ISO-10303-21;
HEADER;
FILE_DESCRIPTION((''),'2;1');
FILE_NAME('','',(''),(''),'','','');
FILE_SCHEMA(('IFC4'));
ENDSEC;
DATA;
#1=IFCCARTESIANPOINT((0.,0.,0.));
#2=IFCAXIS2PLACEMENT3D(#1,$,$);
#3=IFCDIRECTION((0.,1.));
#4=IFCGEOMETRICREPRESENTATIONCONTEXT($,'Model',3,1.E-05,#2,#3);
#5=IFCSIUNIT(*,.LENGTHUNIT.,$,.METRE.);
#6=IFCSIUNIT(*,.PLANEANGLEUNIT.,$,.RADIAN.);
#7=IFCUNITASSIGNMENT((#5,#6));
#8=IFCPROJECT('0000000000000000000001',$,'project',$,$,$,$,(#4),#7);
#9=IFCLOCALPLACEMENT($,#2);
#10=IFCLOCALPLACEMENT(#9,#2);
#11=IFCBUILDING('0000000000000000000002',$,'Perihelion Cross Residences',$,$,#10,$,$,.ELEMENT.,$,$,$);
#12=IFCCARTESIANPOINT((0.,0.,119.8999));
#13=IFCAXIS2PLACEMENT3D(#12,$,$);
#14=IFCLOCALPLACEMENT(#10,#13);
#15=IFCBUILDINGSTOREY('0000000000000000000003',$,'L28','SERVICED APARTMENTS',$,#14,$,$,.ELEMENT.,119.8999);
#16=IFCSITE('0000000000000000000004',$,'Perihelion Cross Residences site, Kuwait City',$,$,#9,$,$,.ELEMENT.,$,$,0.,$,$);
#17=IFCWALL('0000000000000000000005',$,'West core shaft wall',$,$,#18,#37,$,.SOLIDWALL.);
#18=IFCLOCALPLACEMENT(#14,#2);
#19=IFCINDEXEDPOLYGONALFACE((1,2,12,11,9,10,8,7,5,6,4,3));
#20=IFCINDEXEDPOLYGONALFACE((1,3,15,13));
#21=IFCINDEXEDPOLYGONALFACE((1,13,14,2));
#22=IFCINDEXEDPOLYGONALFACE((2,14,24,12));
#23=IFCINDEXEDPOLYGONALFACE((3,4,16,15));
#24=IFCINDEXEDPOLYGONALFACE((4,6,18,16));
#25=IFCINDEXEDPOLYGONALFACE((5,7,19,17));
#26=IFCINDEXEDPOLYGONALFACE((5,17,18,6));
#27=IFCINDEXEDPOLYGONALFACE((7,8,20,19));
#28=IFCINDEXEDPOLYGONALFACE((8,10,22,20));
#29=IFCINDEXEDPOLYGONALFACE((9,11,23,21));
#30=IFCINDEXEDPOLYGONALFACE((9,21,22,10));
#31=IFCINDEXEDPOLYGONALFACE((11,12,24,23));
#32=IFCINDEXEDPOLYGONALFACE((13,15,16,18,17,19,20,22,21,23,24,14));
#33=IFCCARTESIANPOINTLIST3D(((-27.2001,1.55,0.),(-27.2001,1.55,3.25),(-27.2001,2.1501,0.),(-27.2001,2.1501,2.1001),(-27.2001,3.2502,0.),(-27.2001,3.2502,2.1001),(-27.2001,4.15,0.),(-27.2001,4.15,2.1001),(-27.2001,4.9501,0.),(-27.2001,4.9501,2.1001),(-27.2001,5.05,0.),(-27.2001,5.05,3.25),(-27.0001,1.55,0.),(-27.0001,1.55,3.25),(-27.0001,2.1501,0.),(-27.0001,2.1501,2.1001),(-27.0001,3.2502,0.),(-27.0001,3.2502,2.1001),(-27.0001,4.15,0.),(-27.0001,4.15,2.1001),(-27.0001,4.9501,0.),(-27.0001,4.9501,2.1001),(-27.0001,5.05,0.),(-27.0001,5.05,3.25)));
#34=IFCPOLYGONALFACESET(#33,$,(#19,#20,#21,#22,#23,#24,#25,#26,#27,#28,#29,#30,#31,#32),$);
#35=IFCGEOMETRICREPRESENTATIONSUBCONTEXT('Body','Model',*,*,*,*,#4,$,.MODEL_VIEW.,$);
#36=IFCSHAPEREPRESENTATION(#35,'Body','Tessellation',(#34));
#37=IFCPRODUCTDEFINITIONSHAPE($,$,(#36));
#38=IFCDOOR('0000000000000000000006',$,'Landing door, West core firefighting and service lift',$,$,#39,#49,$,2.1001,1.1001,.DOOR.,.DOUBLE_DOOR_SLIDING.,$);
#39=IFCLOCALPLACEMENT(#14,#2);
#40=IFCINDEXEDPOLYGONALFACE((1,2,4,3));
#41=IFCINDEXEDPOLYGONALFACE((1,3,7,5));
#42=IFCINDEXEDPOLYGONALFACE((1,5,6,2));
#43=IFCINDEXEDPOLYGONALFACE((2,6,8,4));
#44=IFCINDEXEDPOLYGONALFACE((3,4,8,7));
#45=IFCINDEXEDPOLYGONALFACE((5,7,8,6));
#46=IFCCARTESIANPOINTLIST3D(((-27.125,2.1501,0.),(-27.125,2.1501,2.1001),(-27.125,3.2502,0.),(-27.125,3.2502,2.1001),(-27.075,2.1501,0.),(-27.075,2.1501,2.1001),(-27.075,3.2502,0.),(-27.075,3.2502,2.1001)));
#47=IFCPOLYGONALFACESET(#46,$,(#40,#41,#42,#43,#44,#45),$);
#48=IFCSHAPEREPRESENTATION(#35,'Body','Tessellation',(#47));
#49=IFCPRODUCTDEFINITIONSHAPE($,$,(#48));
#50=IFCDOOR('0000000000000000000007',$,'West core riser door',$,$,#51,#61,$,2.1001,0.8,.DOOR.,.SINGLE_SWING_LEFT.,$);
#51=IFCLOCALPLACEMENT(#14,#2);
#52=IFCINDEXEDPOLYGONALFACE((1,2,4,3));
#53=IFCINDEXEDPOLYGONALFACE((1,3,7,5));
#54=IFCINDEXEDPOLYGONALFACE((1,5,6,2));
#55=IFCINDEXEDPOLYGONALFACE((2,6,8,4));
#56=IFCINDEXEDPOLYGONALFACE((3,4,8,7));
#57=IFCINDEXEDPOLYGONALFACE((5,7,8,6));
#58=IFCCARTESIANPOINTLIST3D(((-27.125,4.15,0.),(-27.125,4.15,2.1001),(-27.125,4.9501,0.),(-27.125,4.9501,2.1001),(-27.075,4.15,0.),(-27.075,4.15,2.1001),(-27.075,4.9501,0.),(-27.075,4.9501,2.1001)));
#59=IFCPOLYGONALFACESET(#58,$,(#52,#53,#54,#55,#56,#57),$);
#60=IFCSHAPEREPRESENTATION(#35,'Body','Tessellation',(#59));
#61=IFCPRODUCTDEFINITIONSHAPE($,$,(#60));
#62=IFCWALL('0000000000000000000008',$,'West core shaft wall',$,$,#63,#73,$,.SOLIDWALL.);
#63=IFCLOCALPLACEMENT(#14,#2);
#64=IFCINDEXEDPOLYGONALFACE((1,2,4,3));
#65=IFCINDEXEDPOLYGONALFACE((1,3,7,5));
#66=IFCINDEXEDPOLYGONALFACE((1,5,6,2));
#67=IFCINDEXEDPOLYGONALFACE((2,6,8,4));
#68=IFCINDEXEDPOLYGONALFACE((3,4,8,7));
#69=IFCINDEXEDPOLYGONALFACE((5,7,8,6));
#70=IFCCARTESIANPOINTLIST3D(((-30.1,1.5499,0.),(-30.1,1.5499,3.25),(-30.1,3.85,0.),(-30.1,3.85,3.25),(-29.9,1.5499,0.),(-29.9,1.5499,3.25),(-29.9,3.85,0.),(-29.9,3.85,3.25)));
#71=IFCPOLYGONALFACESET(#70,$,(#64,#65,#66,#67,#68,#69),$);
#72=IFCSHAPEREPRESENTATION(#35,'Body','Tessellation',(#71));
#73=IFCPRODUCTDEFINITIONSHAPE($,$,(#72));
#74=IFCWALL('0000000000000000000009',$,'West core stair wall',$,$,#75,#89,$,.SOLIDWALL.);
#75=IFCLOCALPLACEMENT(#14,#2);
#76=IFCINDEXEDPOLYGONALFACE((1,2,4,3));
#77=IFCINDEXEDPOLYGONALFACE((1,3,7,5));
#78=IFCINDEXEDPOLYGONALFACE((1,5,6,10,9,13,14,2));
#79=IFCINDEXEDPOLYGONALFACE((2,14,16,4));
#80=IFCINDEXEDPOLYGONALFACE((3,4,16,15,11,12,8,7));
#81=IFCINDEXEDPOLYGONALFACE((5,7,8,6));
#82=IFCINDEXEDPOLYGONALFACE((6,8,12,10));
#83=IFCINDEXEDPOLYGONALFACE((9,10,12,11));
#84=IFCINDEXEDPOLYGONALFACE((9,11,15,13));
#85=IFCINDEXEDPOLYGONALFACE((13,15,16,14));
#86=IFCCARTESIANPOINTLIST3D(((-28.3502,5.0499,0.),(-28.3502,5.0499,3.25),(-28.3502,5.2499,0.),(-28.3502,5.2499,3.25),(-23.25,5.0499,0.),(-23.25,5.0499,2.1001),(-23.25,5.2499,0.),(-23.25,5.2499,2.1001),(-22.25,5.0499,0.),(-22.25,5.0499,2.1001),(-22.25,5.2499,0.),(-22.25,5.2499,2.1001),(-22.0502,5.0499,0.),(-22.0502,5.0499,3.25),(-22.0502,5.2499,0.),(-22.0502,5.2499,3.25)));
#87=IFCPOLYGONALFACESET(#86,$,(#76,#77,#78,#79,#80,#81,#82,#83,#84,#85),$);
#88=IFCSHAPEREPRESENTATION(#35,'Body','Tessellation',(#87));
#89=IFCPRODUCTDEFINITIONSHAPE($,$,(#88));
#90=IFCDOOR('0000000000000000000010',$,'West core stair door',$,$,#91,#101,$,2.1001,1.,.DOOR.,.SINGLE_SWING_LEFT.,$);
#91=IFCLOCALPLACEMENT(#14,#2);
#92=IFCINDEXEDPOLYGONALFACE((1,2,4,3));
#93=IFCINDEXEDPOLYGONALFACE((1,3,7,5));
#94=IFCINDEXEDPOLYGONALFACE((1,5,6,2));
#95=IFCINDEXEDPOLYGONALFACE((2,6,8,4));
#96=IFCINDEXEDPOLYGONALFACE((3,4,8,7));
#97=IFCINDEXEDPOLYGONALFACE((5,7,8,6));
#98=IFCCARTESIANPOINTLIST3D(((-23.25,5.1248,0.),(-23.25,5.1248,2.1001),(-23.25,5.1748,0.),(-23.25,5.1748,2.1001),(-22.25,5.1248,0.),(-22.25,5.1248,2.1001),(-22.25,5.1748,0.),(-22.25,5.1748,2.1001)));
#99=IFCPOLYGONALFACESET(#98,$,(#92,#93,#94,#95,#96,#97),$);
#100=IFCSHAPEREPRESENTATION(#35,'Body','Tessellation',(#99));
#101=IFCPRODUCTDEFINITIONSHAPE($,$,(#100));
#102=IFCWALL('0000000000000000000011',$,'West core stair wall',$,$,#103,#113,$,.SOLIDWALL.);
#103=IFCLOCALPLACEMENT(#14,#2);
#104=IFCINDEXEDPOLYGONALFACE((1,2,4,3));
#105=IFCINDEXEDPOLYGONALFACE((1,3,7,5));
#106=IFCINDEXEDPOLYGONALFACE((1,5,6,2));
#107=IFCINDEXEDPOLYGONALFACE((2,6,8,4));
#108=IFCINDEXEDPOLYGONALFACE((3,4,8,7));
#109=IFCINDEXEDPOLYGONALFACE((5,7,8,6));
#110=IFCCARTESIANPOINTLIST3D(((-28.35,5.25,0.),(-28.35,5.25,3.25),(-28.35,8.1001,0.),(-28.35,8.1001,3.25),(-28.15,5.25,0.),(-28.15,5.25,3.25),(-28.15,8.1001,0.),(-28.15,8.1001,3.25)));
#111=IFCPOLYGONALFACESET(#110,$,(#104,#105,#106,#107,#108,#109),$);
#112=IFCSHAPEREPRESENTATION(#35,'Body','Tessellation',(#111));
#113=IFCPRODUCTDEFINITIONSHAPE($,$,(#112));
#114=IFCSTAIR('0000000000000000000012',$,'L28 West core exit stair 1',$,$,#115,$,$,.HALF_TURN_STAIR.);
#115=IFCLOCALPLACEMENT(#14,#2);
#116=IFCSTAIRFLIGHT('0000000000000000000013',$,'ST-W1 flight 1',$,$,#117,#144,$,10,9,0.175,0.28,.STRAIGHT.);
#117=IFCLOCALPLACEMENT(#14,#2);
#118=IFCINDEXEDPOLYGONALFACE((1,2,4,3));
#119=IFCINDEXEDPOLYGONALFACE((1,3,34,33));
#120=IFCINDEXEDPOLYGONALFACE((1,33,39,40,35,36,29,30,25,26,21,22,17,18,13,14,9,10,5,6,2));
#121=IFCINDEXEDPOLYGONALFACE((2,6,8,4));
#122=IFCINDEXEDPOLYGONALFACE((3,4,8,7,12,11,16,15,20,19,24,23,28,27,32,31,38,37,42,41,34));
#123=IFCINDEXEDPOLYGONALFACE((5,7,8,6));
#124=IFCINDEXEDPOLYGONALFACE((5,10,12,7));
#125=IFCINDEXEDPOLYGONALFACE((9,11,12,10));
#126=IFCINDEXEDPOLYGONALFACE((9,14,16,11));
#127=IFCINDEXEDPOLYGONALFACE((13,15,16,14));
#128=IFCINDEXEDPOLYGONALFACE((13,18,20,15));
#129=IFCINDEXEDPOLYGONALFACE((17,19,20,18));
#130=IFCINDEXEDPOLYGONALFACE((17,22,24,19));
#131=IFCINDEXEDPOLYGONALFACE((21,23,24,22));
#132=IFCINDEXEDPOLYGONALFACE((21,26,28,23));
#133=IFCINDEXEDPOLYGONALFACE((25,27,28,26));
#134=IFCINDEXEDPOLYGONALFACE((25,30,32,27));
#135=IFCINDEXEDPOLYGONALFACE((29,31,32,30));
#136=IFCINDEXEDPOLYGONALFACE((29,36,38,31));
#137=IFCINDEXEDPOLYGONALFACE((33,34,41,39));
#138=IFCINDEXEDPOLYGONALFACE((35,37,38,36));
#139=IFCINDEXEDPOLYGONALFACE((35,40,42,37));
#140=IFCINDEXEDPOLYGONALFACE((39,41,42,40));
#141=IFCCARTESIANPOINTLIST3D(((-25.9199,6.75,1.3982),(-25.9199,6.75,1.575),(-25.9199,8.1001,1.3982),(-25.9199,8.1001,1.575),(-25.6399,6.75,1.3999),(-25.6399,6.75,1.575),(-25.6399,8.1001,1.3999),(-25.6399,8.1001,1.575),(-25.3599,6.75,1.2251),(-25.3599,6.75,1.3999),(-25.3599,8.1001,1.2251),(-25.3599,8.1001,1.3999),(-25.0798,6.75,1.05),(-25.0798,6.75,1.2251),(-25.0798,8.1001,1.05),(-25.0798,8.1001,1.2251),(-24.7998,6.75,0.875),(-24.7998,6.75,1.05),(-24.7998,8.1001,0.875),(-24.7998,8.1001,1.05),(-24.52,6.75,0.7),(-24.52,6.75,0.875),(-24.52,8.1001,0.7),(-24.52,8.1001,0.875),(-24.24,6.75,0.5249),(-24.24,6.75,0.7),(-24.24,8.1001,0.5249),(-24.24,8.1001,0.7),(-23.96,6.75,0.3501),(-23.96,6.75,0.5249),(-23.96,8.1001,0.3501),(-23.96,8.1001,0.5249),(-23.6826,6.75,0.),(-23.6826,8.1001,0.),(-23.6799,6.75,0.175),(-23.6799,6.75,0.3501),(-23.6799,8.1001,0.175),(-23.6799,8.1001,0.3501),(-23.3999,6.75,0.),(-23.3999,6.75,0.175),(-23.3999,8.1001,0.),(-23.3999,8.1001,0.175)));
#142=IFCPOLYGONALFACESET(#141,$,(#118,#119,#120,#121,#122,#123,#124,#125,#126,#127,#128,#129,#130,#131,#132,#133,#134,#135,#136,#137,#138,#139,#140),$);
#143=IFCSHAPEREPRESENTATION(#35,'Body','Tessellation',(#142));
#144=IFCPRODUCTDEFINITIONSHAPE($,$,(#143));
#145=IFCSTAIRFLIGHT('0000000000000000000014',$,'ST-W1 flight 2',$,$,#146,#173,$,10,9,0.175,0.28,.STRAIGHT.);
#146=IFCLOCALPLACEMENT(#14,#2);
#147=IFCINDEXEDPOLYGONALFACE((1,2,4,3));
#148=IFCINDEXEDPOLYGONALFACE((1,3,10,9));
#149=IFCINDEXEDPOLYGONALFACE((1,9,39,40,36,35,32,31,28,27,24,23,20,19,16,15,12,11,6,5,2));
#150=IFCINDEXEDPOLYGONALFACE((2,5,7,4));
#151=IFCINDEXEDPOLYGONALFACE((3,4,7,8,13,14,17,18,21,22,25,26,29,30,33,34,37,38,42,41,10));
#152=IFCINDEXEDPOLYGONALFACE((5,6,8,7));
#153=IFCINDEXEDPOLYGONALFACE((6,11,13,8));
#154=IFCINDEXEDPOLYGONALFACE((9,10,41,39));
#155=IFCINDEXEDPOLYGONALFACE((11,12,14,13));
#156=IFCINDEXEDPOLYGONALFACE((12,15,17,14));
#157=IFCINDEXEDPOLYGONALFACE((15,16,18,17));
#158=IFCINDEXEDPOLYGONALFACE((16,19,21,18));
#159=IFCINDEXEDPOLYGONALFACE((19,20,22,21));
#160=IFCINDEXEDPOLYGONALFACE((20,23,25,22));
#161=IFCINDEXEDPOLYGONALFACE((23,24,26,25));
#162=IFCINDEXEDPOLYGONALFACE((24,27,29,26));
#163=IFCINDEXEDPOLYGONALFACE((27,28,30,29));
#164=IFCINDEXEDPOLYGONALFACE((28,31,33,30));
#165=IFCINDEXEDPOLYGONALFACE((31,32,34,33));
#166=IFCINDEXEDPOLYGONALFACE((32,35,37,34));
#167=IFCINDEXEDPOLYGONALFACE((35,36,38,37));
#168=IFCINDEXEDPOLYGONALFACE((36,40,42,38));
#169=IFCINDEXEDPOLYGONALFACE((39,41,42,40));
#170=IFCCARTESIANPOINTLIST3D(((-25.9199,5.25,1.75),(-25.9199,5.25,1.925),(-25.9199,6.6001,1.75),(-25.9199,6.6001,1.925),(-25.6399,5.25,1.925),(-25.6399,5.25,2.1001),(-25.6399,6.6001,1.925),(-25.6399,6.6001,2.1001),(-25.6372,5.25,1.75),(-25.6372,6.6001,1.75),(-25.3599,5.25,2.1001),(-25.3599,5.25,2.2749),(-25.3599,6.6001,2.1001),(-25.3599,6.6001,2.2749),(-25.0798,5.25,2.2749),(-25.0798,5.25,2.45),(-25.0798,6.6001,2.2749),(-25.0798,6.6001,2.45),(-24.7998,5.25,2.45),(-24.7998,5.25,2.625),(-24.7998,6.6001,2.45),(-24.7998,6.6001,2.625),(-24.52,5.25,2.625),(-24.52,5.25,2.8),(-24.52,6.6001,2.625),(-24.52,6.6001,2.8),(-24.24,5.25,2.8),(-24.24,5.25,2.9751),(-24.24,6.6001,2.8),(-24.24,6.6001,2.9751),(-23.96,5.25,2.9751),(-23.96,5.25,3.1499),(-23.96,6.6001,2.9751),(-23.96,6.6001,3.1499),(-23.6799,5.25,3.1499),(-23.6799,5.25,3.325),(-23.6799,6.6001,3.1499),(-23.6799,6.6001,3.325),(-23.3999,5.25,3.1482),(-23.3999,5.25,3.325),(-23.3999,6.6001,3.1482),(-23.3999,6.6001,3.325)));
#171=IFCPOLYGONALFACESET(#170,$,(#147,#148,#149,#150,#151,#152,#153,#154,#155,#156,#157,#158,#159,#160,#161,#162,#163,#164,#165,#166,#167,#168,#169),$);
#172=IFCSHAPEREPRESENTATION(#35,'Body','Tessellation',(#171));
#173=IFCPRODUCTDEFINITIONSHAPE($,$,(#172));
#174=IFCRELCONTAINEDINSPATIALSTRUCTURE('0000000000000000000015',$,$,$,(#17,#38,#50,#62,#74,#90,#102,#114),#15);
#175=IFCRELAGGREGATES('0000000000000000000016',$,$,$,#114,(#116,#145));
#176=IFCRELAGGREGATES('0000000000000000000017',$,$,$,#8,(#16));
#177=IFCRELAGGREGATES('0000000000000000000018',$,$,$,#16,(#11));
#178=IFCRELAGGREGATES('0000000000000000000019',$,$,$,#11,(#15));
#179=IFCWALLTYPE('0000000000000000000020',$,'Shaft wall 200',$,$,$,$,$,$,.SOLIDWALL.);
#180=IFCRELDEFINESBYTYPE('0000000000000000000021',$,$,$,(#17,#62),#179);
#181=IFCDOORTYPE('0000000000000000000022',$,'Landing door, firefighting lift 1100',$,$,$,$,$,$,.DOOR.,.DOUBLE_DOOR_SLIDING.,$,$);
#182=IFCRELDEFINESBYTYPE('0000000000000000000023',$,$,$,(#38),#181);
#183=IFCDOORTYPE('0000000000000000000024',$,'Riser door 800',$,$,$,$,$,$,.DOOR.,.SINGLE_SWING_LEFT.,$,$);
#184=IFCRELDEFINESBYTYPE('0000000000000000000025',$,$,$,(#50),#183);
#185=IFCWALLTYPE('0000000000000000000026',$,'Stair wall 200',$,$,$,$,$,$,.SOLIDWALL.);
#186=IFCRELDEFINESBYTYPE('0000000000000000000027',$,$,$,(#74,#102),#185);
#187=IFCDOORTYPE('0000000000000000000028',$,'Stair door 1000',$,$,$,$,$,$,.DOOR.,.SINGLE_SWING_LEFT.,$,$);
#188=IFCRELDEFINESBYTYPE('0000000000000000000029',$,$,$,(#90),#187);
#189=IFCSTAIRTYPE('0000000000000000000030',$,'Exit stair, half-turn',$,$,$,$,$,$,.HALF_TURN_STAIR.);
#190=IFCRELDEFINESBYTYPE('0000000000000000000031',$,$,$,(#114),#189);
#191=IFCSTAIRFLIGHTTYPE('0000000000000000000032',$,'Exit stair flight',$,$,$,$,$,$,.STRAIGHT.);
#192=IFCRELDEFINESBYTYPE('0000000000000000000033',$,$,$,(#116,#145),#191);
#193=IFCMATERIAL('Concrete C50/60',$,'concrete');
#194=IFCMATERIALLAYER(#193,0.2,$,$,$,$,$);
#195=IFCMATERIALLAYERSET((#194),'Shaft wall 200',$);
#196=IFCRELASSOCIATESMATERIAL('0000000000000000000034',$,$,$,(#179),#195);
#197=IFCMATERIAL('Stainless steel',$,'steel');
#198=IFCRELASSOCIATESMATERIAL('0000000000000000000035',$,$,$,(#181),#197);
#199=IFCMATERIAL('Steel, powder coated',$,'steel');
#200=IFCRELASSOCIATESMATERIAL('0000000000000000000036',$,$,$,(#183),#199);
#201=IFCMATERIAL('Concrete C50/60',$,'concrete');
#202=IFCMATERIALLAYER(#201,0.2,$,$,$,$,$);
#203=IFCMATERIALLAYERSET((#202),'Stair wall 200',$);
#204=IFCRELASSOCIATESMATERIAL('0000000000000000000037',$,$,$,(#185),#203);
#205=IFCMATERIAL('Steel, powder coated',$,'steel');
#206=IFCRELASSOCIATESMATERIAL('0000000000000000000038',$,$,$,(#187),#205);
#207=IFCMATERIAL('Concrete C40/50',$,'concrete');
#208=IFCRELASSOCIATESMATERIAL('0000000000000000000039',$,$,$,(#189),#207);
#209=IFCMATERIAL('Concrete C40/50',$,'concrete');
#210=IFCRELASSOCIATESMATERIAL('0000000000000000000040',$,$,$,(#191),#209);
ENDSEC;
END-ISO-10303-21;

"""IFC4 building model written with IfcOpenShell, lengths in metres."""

from ifc_helpers import new_model, si_unit, direction, frame, frame_2d, origin, place, context, subcontext, project, spatial, polyline, rectangle, outline, extrude, material, layer, layer_set, type_object, element, fill, aggregate, save


model = new_model("IFC4")

# Units and contexts
model_context = context("Model", 3, precision=1e-05, world=origin(), true_north=direction((0.0, 1.0)))
body_context = subcontext(model_context, "Body", "Model", "MODEL_VIEW")
ifc_project = project(units=[si_unit("LENGTHUNIT", "METRE"), si_unit("PLANEANGLEUNIT", "RADIAN")], contexts=[model_context])

# Site, building, storey
site_placement = place(None, origin())
site = spatial("IfcSite", under=ifc_project, at=site_placement, Name="Perihelion Cross Residences site, Kuwait City", CompositionType="ELEMENT", RefElevation=0.0)
building_placement = place(site_placement, origin())
building = spatial("IfcBuilding", under=site, at=building_placement, Name="Perihelion Cross Residences", CompositionType="ELEMENT")
storey_placement = place(building_placement, frame((0.0, 0.0, 119.8999)))
storey = spatial("IfcBuildingStorey", under=building, at=storey_placement, Name="L28", Description="SERVICED APARTMENTS", CompositionType="ELEMENT", Elevation=119.8999)

# Shared definitions
ifc_material_1 = material(Name="Concrete C50/60", Category="concrete")
ifc_layer_1 = layer(ifc_material_1, 0.2)
ifc_layer_set_1 = layer_set([ifc_layer_1], Name="Shaft wall 200")
wall_type_1 = type_object("IfcWallType", Name="Shaft wall 200", PredefinedType="SOLIDWALL", material=ifc_layer_set_1)

# Wall, openings, doors
wall_1_placement = place(storey_placement, frame((-27.1001, 1.55, 0.0), z_axis=(0.0, 0.0, 1.0), x_axis=(0.0, 1.0, 0.0)))
wall_1 = element("IfcWall", 1, at=wall_1_placement, inside=storey, type_object=wall_type_1, Name="West core shaft wall", PredefinedType="SOLIDWALL", context=body_context, shape_type="SweptSolid", body=[
    extrude(rectangle(XDim=3.5, YDim=0.2, at=frame_2d((1.75, 0.0))), origin(), (0.0, 0.0, 1.0), 3.25),
])
opening_1_placement = place(wall_1_placement, frame((0.6001, 0.0, 0.0)))
opening_1 = element("IfcOpeningElement", 2, at=opening_1_placement, cuts=wall_1, PredefinedType="OPENING", context=body_context, shape_type="SweptSolid", body=[
    extrude(rectangle(XDim=1.1001, YDim=2.1001, at=frame_2d((0.55, 1.05))), frame((0.0, 0.1099, 0.0), z_axis=(0.0, -1.0, 0.0), x_axis=(1.0, 0.0, 0.0)), (0.0, 0.0, 1.0), 0.22),
])
opening_2_placement = place(wall_1_placement, frame((2.6001, 0.0, 0.0)))
opening_2 = element("IfcOpeningElement", 3, at=opening_2_placement, cuts=wall_1, PredefinedType="OPENING", context=body_context, shape_type="SweptSolid", body=[
    extrude(rectangle(XDim=0.8, YDim=2.1001, at=frame_2d((0.3999, 1.05))), frame((0.0, 0.1099, 0.0), z_axis=(0.0, -1.0, 0.0), x_axis=(1.0, 0.0, 0.0)), (0.0, 0.0, 1.0), 0.22),
])
ifc_material_2 = material(Name="Stainless steel", Category="steel")
door_type_1 = type_object("IfcDoorType", Name="Landing door, firefighting lift 1100", OperationType="DOUBLE_DOOR_SLIDING", PredefinedType="DOOR", material=ifc_material_2)
door_1_placement = place(opening_1_placement, origin())
door_1 = element("IfcDoor", 4, at=door_1_placement, inside=storey, type_object=door_type_1, Name="Landing door, West core firefighting and service lift", OperationType="DOUBLE_DOOR_SLIDING", OverallHeight=2.1001, OverallWidth=1.1001, PredefinedType="DOOR", context=body_context, shape_type="SweptSolid", body=[
    extrude(rectangle(XDim=1.1001, YDim=2.1001, at=frame_2d((0.55, 1.05))), frame((0.0, 0.0249, 0.0), z_axis=(0.0, -1.0, 0.0), x_axis=(1.0, 0.0, 0.0)), (0.0, 0.0, 1.0), 0.05),
])
fill(opening_1, door_1)
ifc_material_3 = material(Name="Steel, powder coated", Category="steel")
door_type_2 = type_object("IfcDoorType", Name="Riser door 800", OperationType="SINGLE_SWING_LEFT", PredefinedType="DOOR", material=ifc_material_3)
door_2_placement = place(opening_2_placement, origin())
door_2 = element("IfcDoor", 5, at=door_2_placement, inside=storey, type_object=door_type_2, Name="West core riser door", OperationType="SINGLE_SWING_LEFT", OverallHeight=2.1001, OverallWidth=0.8, PredefinedType="DOOR", context=body_context, shape_type="SweptSolid", body=[
    extrude(rectangle(XDim=0.8, YDim=2.1001, at=frame_2d((0.3999, 1.05))), frame((0.0, 0.0249, 0.0), z_axis=(0.0, -1.0, 0.0), x_axis=(1.0, 0.0, 0.0)), (0.0, 0.0, 1.0), 0.05),
])
fill(opening_2, door_2)

# Wall
wall_2_placement = place(storey_placement, frame((-30.0, 1.55, 0.0), z_axis=(0.0, 0.0, 1.0), x_axis=(0.0, 1.0, 0.0)))
element("IfcWall", 6, at=wall_2_placement, inside=storey, type_object=wall_type_1, Name="West core shaft wall", PredefinedType="SOLIDWALL", context=body_context, shape_type="SweptSolid", body=[
    extrude(rectangle(XDim=2.3, YDim=0.2, at=frame_2d((1.1499, 0.0))), origin(), (0.0, 0.0, 1.0), 3.25),
])

# Wall, opening, door
ifc_material_4 = material(Name="Concrete C50/60", Category="concrete")
ifc_layer_2 = layer(ifc_material_4, 0.2)
ifc_layer_set_2 = layer_set([ifc_layer_2], Name="Stair wall 200")
wall_type_2 = type_object("IfcWallType", Name="Stair wall 200", PredefinedType="SOLIDWALL", material=ifc_layer_set_2)
wall_3_placement = place(storey_placement, frame((-28.3501, 5.1499, 0.0), z_axis=(0.0, 0.0, 1.0), x_axis=(1.0, 0.0, 0.0)))
wall_3 = element("IfcWall", 7, at=wall_3_placement, inside=storey, type_object=wall_type_2, Name="West core stair wall", PredefinedType="SOLIDWALL", context=body_context, shape_type="SweptSolid", body=[
    extrude(rectangle(XDim=6.3, YDim=0.2, at=frame_2d((3.1499, 0.0))), origin(), (0.0, 0.0, 1.0), 3.25),
])
opening_3_placement = place(wall_3_placement, frame((5.1001, 0.0, 0.0)))
opening_3 = element("IfcOpeningElement", 8, at=opening_3_placement, cuts=wall_3, PredefinedType="OPENING", context=body_context, shape_type="SweptSolid", body=[
    extrude(rectangle(XDim=1.0, YDim=2.1001, at=frame_2d((0.5, 1.05))), frame((0.0, 0.1099, 0.0), z_axis=(0.0, -1.0, 0.0), x_axis=(1.0, 0.0, 0.0)), (0.0, 0.0, 1.0), 0.22),
])
ifc_material_5 = material(Name="Steel, powder coated", Category="steel")
door_type_3 = type_object("IfcDoorType", Name="Stair door 1000", OperationType="SINGLE_SWING_LEFT", PredefinedType="DOOR", material=ifc_material_5)
door_3_placement = place(opening_3_placement, origin())
door_3 = element("IfcDoor", 9, at=door_3_placement, inside=storey, type_object=door_type_3, Name="West core stair door", OperationType="SINGLE_SWING_LEFT", OverallHeight=2.1001, OverallWidth=1.0, PredefinedType="DOOR", context=body_context, shape_type="SweptSolid", body=[
    extrude(rectangle(XDim=1.0, YDim=2.1001, at=frame_2d((0.5, 1.05))), frame((0.0, 0.0249, 0.0), z_axis=(0.0, -1.0, 0.0), x_axis=(1.0, 0.0, 0.0)), (0.0, 0.0, 1.0), 0.05),
])
fill(opening_3, door_3)

# Wall
wall_4_placement = place(storey_placement, frame((-28.25, 5.25, 0.0), z_axis=(0.0, 0.0, 1.0), x_axis=(0.0, 1.0, 0.0)))
element("IfcWall", 10, at=wall_4_placement, inside=storey, type_object=wall_type_2, Name="West core stair wall", PredefinedType="SOLIDWALL", context=body_context, shape_type="SweptSolid", body=[
    extrude(rectangle(XDim=2.8501, YDim=0.2, at=frame_2d((1.425, 0.0))), origin(), (0.0, 0.0, 1.0), 3.25),
])

# Stair, stair flights
ifc_material_6 = material(Name="Concrete C40/50", Category="concrete")
stair_type = type_object("IfcStairType", Name="Exit stair, half-turn", PredefinedType="HALF_TURN_STAIR", material=ifc_material_6)
stair_placement = place(storey_placement, origin())
stair = element("IfcStair", 11, at=stair_placement, inside=storey, type_object=stair_type, Name="L28 West core exit stair 1", PredefinedType="HALF_TURN_STAIR")
ifc_material_7 = material(Name="Concrete C40/50", Category="concrete")
stair_flight_type = type_object("IfcStairFlightType", Name="Exit stair flight", PredefinedType="STRAIGHT", material=ifc_material_7)
stair_flight_1_placement = place(storey_placement, frame((-23.3999, 7.425, 0.0), z_axis=(0.0, 0.0, 1.0), x_axis=(-1.0, 0.0, 0.0)))
stair_flight_1 = element("IfcStairFlight", 12, at=stair_flight_1_placement, type_object=stair_flight_type, Name="ST-W1 flight 1", NumberOfRisers=10, NumberOfTreads=9, PredefinedType="STRAIGHT", RiserHeight=0.175, TreadLength=0.28, context=body_context, shape_type="SweptSolid", body=[
    extrude(outline(polyline([(0.0, 0.0), (0.0, 0.175), (0.28, 0.175), (0.28, 0.3501), (0.5601, 0.3501), (0.5601, 0.5249), (0.8401, 0.5249), (0.8401, 0.7), (1.1201, 0.7), (1.1201, 0.875), (1.3999, 0.875), (1.3999, 1.05), (1.6799, 1.05), (1.6799, 1.2251), (1.96, 1.2251), (1.96, 1.3999), (2.24, 1.3999), (2.24, 1.575), (2.52, 1.575), (2.52, 1.75), (2.52, 1.3982), (0.2827, 0.0), (0.0, 0.0)])), frame((0.0, 0.675, 0.0), z_axis=(0.0, -1.0, 0.0), x_axis=(1.0, 0.0, 0.0)), (0.0, 0.0, 1.0), 1.3501),
])
stair_flight_2_placement = place(storey_placement, frame((-25.9199, 5.925, 1.75), z_axis=(0.0, 0.0, 1.0), x_axis=(1.0, 0.0, 0.0)))
stair_flight_2 = element("IfcStairFlight", 13, at=stair_flight_2_placement, type_object=stair_flight_type, Name="ST-W1 flight 2", NumberOfRisers=10, NumberOfTreads=9, PredefinedType="STRAIGHT", RiserHeight=0.175, TreadLength=0.28, context=body_context, shape_type="SweptSolid", body=[
    extrude(outline(polyline([(0.0, 0.0), (0.0, 0.175), (0.28, 0.175), (0.28, 0.3501), (0.5601, 0.3501), (0.5601, 0.5249), (0.8401, 0.5249), (0.8401, 0.7), (1.1201, 0.7), (1.1201, 0.875), (1.3999, 0.875), (1.3999, 1.05), (1.6799, 1.05), (1.6799, 1.2251), (1.96, 1.2251), (1.96, 1.3999), (2.24, 1.3999), (2.24, 1.575), (2.52, 1.575), (2.52, 1.75), (2.52, 1.3982), (0.2827, 0.0), (0.0, 0.0)])), frame((0.0, 0.675, 0.0), z_axis=(0.0, -1.0, 0.0), x_axis=(1.0, 0.0, 0.0)), (0.0, 0.0, 1.0), 1.3501),
])
aggregate(stair, [stair_flight_1, stair_flight_2])

save(model, "model.ifc")
